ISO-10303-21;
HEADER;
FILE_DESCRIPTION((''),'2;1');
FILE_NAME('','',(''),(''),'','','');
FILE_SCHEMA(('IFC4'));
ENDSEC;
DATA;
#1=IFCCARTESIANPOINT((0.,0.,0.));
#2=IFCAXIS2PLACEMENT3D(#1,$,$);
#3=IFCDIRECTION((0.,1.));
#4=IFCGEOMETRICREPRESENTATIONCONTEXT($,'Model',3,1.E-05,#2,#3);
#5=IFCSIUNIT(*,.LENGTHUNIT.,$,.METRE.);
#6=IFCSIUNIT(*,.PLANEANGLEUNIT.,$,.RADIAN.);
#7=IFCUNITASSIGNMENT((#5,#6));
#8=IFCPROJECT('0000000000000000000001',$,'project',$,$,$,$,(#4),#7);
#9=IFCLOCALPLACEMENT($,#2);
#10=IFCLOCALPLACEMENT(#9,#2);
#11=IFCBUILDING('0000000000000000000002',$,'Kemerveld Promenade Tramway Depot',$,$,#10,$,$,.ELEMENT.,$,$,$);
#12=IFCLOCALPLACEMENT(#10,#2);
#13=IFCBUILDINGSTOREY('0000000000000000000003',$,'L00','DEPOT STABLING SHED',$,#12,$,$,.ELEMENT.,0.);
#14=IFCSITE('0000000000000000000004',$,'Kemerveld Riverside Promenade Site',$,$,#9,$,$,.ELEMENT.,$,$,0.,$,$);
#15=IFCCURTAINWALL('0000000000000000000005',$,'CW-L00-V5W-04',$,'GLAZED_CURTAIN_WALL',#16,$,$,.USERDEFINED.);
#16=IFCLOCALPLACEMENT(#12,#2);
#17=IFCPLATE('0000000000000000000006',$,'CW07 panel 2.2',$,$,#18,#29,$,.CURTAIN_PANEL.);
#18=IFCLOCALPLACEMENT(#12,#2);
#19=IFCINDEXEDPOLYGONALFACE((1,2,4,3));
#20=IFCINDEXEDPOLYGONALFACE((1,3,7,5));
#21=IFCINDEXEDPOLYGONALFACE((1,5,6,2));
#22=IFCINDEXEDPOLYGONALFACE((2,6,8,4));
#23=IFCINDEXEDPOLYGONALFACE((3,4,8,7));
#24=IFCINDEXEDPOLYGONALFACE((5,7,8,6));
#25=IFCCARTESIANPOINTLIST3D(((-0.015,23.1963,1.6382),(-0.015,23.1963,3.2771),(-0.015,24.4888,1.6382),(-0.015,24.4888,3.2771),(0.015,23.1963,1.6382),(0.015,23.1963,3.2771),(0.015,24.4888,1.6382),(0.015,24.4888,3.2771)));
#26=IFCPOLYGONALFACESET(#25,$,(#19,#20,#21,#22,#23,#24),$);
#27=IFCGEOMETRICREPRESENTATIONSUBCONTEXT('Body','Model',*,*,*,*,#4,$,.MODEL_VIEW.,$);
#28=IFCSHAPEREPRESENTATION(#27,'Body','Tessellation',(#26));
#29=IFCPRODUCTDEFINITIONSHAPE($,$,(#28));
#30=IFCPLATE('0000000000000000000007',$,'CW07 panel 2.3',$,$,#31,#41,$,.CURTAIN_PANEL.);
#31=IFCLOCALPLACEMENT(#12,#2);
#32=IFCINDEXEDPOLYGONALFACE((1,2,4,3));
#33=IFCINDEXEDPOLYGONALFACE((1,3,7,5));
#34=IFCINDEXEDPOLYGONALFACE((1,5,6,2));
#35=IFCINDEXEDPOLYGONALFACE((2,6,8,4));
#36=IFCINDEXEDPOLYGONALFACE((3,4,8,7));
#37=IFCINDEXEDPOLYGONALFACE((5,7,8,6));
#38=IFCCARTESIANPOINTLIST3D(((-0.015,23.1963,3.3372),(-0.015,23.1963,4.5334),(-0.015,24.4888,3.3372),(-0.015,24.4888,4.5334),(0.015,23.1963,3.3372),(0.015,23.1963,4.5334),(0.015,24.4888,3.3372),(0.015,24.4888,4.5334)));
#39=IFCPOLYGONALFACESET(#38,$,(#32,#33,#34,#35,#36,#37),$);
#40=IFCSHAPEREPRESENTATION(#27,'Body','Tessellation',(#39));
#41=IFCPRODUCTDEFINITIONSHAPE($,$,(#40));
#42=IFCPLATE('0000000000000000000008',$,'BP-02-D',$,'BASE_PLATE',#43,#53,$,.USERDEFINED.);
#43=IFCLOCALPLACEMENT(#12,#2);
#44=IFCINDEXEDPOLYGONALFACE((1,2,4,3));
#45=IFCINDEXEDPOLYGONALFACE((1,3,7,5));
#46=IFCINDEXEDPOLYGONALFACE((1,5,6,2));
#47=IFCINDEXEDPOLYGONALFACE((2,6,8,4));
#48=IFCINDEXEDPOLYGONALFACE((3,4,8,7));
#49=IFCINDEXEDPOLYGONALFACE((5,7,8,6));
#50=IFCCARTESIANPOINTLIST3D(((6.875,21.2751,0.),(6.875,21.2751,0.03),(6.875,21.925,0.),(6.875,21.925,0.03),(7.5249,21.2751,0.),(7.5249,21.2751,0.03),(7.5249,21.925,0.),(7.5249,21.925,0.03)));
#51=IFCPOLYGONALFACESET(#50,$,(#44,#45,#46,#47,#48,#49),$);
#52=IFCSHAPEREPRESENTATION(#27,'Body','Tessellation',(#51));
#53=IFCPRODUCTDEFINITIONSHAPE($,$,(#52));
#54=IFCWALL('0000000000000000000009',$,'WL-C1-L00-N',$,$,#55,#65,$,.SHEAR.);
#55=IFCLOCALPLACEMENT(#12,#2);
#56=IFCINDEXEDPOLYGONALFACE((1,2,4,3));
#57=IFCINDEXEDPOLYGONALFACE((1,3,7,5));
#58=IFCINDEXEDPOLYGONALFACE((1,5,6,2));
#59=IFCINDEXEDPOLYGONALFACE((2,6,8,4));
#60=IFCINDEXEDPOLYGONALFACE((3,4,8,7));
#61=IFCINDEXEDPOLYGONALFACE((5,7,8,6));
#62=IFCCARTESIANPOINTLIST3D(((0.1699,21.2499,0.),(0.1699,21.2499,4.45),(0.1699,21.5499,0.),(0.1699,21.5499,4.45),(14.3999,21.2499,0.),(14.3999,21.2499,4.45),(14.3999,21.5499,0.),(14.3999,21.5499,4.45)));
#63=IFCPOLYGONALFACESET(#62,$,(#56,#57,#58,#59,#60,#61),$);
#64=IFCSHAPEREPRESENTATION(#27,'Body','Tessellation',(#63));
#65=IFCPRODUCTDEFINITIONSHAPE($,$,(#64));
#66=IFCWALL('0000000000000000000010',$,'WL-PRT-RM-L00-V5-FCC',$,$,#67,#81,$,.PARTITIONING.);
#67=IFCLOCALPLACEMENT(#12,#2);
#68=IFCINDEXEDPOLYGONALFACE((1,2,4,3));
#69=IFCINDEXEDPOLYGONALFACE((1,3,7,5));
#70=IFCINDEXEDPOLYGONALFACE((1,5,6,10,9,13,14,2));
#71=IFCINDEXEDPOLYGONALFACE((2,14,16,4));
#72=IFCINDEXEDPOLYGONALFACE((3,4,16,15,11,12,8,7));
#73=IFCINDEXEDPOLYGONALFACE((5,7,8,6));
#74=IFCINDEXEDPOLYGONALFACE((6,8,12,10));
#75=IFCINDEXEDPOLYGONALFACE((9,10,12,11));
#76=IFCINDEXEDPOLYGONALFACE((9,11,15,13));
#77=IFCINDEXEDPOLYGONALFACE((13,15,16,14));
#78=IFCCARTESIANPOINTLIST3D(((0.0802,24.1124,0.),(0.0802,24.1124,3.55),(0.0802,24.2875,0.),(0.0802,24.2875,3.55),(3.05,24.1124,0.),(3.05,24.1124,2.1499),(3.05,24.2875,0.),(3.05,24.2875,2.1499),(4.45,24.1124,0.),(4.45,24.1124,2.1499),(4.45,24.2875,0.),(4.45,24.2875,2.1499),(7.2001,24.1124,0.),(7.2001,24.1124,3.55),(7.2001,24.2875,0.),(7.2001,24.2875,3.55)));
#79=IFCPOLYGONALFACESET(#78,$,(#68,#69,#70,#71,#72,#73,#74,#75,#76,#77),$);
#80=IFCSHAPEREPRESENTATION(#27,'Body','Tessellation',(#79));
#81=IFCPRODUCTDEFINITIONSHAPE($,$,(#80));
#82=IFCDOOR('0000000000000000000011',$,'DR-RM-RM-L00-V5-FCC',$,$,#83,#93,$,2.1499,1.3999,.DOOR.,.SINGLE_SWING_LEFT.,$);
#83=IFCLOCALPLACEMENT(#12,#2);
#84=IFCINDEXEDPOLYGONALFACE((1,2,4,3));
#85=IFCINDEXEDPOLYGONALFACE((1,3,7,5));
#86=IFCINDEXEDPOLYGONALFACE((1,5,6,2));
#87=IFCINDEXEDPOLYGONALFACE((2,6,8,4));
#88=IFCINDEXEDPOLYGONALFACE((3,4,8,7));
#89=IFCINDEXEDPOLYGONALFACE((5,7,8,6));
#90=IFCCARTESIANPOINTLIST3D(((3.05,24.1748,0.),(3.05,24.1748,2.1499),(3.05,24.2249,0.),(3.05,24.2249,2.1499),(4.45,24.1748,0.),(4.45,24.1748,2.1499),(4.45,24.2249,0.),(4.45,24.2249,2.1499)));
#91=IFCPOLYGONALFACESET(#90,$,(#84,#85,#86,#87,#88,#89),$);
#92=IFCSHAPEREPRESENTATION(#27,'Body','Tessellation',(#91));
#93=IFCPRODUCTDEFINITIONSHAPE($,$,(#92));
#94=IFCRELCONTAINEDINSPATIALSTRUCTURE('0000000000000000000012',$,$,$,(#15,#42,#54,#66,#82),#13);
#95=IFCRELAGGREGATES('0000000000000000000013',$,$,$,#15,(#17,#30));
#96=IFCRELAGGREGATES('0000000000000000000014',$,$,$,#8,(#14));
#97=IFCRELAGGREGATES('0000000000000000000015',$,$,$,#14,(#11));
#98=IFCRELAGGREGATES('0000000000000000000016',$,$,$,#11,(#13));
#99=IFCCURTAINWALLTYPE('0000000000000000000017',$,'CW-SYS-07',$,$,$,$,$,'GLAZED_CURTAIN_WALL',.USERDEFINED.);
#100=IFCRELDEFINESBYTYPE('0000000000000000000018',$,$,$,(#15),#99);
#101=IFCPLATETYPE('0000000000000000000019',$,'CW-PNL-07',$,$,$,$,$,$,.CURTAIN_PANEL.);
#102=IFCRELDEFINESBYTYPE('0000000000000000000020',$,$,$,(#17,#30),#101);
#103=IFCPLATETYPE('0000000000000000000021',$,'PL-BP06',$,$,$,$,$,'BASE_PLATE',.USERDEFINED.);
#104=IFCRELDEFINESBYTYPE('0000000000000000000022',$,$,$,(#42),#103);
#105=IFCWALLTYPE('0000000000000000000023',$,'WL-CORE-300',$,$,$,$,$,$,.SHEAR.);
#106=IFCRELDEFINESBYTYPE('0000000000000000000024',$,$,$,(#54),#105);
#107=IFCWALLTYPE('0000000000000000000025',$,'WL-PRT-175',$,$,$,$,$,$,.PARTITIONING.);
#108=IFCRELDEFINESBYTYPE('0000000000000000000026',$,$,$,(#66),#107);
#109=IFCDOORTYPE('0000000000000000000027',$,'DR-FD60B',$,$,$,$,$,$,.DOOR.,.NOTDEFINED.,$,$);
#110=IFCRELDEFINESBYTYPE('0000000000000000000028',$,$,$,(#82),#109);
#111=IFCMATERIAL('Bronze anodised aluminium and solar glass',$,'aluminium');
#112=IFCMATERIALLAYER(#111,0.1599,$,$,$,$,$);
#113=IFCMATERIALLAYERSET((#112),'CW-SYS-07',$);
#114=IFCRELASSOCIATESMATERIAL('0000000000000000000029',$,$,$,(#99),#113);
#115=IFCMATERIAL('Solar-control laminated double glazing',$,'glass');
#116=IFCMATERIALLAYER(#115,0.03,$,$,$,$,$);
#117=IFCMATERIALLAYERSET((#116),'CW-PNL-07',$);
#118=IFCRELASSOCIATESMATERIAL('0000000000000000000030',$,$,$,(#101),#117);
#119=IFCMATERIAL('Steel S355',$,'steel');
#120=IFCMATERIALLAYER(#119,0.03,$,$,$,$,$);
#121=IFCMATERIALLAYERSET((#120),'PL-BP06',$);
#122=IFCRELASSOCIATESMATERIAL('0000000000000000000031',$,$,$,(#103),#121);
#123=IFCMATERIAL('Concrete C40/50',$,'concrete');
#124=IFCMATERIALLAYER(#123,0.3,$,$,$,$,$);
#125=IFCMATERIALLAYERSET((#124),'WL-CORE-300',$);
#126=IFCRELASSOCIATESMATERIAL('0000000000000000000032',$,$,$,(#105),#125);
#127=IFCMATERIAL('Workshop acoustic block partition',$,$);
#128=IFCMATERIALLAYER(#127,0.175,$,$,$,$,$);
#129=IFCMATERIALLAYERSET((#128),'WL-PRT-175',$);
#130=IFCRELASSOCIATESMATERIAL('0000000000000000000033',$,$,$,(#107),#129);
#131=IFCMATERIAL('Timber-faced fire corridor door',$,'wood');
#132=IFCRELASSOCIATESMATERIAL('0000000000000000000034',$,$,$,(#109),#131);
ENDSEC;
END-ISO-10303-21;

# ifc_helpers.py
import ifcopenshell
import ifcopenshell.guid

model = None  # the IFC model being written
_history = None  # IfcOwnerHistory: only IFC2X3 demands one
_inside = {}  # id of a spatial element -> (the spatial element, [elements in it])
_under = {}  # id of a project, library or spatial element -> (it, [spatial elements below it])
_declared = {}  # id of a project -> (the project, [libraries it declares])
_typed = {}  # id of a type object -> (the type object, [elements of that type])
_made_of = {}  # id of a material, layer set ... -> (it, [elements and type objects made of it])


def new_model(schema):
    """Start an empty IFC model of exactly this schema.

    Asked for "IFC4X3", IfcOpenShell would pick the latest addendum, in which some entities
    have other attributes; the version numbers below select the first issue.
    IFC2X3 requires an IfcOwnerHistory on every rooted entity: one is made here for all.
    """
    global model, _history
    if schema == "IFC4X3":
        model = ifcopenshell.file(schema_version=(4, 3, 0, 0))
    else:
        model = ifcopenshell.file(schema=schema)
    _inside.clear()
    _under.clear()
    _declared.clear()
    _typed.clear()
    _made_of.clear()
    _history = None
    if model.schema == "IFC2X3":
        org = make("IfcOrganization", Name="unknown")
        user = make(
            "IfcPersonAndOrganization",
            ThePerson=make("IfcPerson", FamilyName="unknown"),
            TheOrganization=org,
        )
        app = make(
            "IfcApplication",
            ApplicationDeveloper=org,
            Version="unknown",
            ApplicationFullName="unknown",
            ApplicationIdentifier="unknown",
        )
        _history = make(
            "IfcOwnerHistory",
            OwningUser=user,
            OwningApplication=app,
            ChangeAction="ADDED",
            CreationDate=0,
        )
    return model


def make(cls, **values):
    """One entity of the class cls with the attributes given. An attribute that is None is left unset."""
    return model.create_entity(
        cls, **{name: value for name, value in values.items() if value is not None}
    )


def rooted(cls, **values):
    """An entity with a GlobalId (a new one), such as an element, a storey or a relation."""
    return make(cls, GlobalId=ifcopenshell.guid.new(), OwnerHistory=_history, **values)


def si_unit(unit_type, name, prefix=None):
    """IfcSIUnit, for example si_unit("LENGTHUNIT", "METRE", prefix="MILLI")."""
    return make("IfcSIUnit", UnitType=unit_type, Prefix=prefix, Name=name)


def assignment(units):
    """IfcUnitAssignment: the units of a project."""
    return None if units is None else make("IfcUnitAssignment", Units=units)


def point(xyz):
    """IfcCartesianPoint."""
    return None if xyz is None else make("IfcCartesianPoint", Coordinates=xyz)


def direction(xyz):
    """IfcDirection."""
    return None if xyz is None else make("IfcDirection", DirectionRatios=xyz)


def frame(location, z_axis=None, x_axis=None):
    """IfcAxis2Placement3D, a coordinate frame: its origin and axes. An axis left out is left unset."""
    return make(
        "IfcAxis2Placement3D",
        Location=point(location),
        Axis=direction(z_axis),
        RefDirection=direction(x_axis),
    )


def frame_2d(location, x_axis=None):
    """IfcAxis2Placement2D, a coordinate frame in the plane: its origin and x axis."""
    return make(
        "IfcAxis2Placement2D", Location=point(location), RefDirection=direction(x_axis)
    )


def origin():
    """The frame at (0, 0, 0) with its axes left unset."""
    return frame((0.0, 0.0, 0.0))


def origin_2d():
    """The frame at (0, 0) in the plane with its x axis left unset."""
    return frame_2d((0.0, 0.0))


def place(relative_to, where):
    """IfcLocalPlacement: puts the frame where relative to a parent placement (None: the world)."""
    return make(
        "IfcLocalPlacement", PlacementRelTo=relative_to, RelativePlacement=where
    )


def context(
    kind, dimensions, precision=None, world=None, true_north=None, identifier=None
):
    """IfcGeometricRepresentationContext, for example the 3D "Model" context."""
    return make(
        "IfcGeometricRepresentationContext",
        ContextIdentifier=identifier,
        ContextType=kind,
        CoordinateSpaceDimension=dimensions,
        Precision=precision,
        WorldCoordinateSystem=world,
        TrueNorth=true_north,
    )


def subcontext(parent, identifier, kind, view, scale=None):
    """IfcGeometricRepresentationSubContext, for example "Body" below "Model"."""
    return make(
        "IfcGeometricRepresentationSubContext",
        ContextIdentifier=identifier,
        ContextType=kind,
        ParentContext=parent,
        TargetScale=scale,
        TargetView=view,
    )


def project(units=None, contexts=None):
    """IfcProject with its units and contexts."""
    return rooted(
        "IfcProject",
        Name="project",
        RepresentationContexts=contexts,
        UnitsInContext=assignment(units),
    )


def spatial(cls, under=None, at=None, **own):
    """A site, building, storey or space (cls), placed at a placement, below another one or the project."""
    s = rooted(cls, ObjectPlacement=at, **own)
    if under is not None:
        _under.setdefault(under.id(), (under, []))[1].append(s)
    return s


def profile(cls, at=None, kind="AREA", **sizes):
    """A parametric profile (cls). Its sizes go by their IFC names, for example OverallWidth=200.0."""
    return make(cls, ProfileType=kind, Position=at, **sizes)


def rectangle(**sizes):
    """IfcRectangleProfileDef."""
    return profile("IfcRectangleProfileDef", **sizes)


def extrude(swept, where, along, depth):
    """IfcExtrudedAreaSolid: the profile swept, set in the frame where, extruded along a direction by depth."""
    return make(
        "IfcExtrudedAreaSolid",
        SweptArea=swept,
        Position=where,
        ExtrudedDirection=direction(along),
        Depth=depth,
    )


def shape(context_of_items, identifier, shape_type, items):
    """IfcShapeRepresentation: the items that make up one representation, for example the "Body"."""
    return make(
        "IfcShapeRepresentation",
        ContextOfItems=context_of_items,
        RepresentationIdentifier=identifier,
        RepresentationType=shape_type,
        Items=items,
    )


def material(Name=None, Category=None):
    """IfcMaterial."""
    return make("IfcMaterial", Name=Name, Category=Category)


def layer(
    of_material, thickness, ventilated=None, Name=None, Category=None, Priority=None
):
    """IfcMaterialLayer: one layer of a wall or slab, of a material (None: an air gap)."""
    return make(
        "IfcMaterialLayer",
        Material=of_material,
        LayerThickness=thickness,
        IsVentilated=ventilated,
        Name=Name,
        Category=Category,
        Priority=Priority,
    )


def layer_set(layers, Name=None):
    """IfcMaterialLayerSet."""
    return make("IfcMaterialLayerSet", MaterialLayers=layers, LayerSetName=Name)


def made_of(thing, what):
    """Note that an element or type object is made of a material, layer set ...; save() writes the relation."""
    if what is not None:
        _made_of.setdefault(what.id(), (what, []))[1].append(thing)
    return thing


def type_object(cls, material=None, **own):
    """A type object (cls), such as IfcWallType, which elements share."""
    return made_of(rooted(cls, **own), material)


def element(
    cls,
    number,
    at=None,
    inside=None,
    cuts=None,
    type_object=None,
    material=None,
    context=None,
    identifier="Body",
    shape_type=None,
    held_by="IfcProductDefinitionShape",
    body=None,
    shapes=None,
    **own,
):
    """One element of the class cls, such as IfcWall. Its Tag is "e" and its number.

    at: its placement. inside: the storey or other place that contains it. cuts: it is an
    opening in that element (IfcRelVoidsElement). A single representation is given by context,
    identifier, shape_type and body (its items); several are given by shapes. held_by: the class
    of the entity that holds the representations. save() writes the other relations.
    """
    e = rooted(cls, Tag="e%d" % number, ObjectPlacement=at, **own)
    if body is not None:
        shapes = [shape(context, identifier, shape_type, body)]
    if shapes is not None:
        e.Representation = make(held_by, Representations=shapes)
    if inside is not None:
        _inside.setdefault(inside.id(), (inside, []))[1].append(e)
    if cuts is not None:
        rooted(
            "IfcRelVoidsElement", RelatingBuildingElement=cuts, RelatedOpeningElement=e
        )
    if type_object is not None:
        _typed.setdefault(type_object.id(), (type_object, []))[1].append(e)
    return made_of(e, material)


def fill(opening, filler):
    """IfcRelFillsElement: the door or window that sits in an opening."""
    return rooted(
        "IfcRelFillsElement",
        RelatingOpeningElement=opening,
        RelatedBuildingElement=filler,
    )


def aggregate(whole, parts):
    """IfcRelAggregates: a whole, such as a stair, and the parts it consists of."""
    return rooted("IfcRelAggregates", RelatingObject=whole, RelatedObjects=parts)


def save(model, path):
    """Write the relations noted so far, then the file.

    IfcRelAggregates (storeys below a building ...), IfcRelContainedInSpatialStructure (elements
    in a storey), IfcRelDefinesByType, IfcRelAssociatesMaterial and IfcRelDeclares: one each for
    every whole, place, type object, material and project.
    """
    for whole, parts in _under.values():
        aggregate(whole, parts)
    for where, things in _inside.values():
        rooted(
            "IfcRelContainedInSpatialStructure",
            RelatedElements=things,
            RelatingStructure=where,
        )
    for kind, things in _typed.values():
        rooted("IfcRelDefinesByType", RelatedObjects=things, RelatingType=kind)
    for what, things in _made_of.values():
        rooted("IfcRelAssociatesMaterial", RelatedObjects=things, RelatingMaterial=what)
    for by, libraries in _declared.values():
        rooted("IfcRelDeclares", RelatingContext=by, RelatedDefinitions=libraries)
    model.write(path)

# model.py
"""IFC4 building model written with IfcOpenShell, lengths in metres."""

from ifc_helpers import new_model, si_unit, direction, frame, frame_2d, origin, origin_2d, place, context, subcontext, project, spatial, rectangle, extrude, material, layer, layer_set, type_object, element, fill, aggregate, save


model = new_model("IFC4")

# Units and contexts
model_context = context("Model", 3, precision=1e-05, world=origin(), true_north=direction((0.0, 1.0)))
body_context = subcontext(model_context, "Body", "Model", "MODEL_VIEW")
ifc_project = project(units=[si_unit("LENGTHUNIT", "METRE"), si_unit("PLANEANGLEUNIT", "RADIAN")], contexts=[model_context])

# Site, building, storey
site_placement = place(None, origin())
site = spatial("IfcSite", under=ifc_project, at=site_placement, Name="Kemerveld Riverside Promenade Site", CompositionType="ELEMENT", RefElevation=0.0)
building_placement = place(site_placement, origin())
building = spatial("IfcBuilding", under=site, at=building_placement, Name="Kemerveld Promenade Tramway Depot", CompositionType="ELEMENT")
storey_placement = place(building_placement, origin())
storey = spatial("IfcBuildingStorey", under=building, at=storey_placement, Name="L00", Description="DEPOT STABLING SHED", CompositionType="ELEMENT", Elevation=0.0)

# Shared definitions
ifc_material_1 = material(Name="Steel S355", Category="steel")

# Curtain wall, plates
ifc_material_2 = material(Name="Bronze anodised aluminium and solar glass", Category="aluminium")
ifc_layer_1 = layer(ifc_material_2, 0.1599)
ifc_layer_set_1 = layer_set([ifc_layer_1], Name="CW-SYS-07")
curtain_wall_type = type_object("IfcCurtainWallType", Name="CW-SYS-07", ElementType="GLAZED_CURTAIN_WALL", PredefinedType="USERDEFINED", material=ifc_layer_set_1)
curtain_wall_placement = place(storey_placement, origin())
curtain_wall = element("IfcCurtainWall", 1, at=curtain_wall_placement, inside=storey, type_object=curtain_wall_type, Name="CW-L00-V5W-04", ObjectType="GLAZED_CURTAIN_WALL", PredefinedType="USERDEFINED")
ifc_material_3 = material(Name="Solar-control laminated double glazing", Category="glass")
ifc_layer_2 = layer(ifc_material_3, 0.03)
ifc_layer_set_2 = layer_set([ifc_layer_2], Name="CW-PNL-07")
plate_type_1 = type_object("IfcPlateType", Name="CW-PNL-07", PredefinedType="CURTAIN_PANEL", material=ifc_layer_set_2)
plate_1_placement = place(storey_placement, frame((0.0, 23.8425, 1.6382), z_axis=(0.0, 0.0, 1.0), x_axis=(0.0, 1.0, 0.0)))
plate_1 = element("IfcPlate", 2, at=plate_1_placement, type_object=plate_type_1, Name="CW07 panel 2.2", PredefinedType="CURTAIN_PANEL", context=body_context, shape_type="SweptSolid", body=[
    extrude(rectangle(XDim=1.2925, YDim=0.03, at=origin_2d()), origin(), (0.0, 0.0, 1.0), 1.6389),
])
plate_2_placement = place(storey_placement, frame((0.0, 23.8425, 3.3372), z_axis=(0.0, 0.0, 1.0), x_axis=(0.0, 1.0, 0.0)))
plate_2 = element("IfcPlate", 3, at=plate_2_placement, type_object=plate_type_1, Name="CW07 panel 2.3", PredefinedType="CURTAIN_PANEL", context=body_context, shape_type="SweptSolid", body=[
    extrude(rectangle(XDim=1.2925, YDim=0.03, at=origin_2d()), origin(), (0.0, 0.0, 1.0), 1.1963),
])
aggregate(curtain_wall, [plate_1, plate_2])

# Plate
ifc_layer_3 = layer(ifc_material_1, 0.03)
ifc_layer_set_3 = layer_set([ifc_layer_3], Name="PL-BP06")
plate_type_2 = type_object("IfcPlateType", Name="PL-BP06", ElementType="BASE_PLATE", PredefinedType="USERDEFINED", material=ifc_layer_set_3)
plate_3_placement = place(storey_placement, frame((7.2, 21.6001, 0.0), z_axis=(0.0, 0.0, 1.0), x_axis=(1.0, 0.0, 0.0)))
element("IfcPlate", 4, at=plate_3_placement, inside=storey, type_object=plate_type_2, Name="BP-02-D", ObjectType="BASE_PLATE", PredefinedType="USERDEFINED", context=body_context, shape_type="SweptSolid", body=[
    extrude(rectangle(XDim=0.6499, YDim=0.6499, at=origin_2d()), origin(), (0.0, 0.0, 1.0), 0.03),
])

# Wall
ifc_material_4 = material(Name="Concrete C40/50", Category="concrete")
ifc_layer_4 = layer(ifc_material_4, 0.3)
ifc_layer_set_4 = layer_set([ifc_layer_4], Name="WL-CORE-300")
wall_type_1 = type_object("IfcWallType", Name="WL-CORE-300", PredefinedType="SHEAR", material=ifc_layer_set_4)
wall_1_placement = place(storey_placement, frame((0.1699, 21.3999, 0.0), z_axis=(0.0, 0.0, 1.0), x_axis=(1.0, 0.0, 0.0)))
element("IfcWall", 5, at=wall_1_placement, inside=storey, type_object=wall_type_1, Name="WL-C1-L00-N", PredefinedType="SHEAR", context=body_context, shape_type="SweptSolid", body=[
    extrude(rectangle(XDim=14.23, YDim=0.3, at=frame_2d((7.115, 0.0))), origin(), (0.0, 0.0, 1.0), 4.45),
])

# Wall, opening, door
ifc_material_5 = material(Name="Workshop acoustic block partition")
ifc_layer_5 = layer(ifc_material_5, 0.175)
ifc_layer_set_5 = layer_set([ifc_layer_5], Name="WL-PRT-175")
wall_type_2 = type_object("IfcWallType", Name="WL-PRT-175", PredefinedType="PARTITIONING", material=ifc_layer_set_5)
wall_2_placement = place(storey_placement, frame((0.0801, 24.2, 0.0), z_axis=(0.0, 0.0, 1.0), x_axis=(1.0, 0.0, 0.0)))
wall_2 = element("IfcWall", 6, at=wall_2_placement, inside=storey, type_object=wall_type_2, Name="WL-PRT-RM-L00-V5-FCC", PredefinedType="PARTITIONING", context=body_context, shape_type="SweptSolid", body=[
    extrude(rectangle(XDim=7.1199, YDim=0.175, at=frame_2d((3.5601, 0.0))), origin(), (0.0, 0.0, 1.0), 3.55),
])
opening_placement = place(wall_2_placement, frame((2.97, 0.0, 0.0)))
opening = element("IfcOpeningElement", 7, at=opening_placement, cuts=wall_2, PredefinedType="OPENING", context=body_context, shape_type="SweptSolid", body=[
    extrude(rectangle(XDim=1.3999, YDim=2.1499, at=frame_2d((0.7, 1.075))), frame((0.0, 0.0974, 0.0), z_axis=(0.0, -1.0, 0.0), x_axis=(1.0, 0.0, 0.0)), (0.0, 0.0, 1.0), 0.1951),
])
ifc_material_6 = material(Name="Timber-faced fire corridor door", Category="wood")
door_type = type_object("IfcDoorType", Name="DR-FD60B", OperationType="NOTDEFINED", PredefinedType="DOOR", material=ifc_material_6)
door_placement = place(opening_placement, origin())
door = element("IfcDoor", 8, at=door_placement, inside=storey, type_object=door_type, Name="DR-RM-RM-L00-V5-FCC", OperationType="SINGLE_SWING_LEFT", OverallHeight=2.1499, OverallWidth=1.3999, PredefinedType="DOOR", context=body_context, shape_type="SweptSolid", body=[
    extrude(rectangle(XDim=1.3999, YDim=2.1499, at=frame_2d((0.7, 1.075))), frame((0.0, 0.0249, 0.0), z_axis=(0.0, -1.0, 0.0), x_axis=(1.0, 0.0, 0.0)), (0.0, 0.0, 1.0), 0.05),
])
fill(opening, door)

save(model, "model.ifc")
